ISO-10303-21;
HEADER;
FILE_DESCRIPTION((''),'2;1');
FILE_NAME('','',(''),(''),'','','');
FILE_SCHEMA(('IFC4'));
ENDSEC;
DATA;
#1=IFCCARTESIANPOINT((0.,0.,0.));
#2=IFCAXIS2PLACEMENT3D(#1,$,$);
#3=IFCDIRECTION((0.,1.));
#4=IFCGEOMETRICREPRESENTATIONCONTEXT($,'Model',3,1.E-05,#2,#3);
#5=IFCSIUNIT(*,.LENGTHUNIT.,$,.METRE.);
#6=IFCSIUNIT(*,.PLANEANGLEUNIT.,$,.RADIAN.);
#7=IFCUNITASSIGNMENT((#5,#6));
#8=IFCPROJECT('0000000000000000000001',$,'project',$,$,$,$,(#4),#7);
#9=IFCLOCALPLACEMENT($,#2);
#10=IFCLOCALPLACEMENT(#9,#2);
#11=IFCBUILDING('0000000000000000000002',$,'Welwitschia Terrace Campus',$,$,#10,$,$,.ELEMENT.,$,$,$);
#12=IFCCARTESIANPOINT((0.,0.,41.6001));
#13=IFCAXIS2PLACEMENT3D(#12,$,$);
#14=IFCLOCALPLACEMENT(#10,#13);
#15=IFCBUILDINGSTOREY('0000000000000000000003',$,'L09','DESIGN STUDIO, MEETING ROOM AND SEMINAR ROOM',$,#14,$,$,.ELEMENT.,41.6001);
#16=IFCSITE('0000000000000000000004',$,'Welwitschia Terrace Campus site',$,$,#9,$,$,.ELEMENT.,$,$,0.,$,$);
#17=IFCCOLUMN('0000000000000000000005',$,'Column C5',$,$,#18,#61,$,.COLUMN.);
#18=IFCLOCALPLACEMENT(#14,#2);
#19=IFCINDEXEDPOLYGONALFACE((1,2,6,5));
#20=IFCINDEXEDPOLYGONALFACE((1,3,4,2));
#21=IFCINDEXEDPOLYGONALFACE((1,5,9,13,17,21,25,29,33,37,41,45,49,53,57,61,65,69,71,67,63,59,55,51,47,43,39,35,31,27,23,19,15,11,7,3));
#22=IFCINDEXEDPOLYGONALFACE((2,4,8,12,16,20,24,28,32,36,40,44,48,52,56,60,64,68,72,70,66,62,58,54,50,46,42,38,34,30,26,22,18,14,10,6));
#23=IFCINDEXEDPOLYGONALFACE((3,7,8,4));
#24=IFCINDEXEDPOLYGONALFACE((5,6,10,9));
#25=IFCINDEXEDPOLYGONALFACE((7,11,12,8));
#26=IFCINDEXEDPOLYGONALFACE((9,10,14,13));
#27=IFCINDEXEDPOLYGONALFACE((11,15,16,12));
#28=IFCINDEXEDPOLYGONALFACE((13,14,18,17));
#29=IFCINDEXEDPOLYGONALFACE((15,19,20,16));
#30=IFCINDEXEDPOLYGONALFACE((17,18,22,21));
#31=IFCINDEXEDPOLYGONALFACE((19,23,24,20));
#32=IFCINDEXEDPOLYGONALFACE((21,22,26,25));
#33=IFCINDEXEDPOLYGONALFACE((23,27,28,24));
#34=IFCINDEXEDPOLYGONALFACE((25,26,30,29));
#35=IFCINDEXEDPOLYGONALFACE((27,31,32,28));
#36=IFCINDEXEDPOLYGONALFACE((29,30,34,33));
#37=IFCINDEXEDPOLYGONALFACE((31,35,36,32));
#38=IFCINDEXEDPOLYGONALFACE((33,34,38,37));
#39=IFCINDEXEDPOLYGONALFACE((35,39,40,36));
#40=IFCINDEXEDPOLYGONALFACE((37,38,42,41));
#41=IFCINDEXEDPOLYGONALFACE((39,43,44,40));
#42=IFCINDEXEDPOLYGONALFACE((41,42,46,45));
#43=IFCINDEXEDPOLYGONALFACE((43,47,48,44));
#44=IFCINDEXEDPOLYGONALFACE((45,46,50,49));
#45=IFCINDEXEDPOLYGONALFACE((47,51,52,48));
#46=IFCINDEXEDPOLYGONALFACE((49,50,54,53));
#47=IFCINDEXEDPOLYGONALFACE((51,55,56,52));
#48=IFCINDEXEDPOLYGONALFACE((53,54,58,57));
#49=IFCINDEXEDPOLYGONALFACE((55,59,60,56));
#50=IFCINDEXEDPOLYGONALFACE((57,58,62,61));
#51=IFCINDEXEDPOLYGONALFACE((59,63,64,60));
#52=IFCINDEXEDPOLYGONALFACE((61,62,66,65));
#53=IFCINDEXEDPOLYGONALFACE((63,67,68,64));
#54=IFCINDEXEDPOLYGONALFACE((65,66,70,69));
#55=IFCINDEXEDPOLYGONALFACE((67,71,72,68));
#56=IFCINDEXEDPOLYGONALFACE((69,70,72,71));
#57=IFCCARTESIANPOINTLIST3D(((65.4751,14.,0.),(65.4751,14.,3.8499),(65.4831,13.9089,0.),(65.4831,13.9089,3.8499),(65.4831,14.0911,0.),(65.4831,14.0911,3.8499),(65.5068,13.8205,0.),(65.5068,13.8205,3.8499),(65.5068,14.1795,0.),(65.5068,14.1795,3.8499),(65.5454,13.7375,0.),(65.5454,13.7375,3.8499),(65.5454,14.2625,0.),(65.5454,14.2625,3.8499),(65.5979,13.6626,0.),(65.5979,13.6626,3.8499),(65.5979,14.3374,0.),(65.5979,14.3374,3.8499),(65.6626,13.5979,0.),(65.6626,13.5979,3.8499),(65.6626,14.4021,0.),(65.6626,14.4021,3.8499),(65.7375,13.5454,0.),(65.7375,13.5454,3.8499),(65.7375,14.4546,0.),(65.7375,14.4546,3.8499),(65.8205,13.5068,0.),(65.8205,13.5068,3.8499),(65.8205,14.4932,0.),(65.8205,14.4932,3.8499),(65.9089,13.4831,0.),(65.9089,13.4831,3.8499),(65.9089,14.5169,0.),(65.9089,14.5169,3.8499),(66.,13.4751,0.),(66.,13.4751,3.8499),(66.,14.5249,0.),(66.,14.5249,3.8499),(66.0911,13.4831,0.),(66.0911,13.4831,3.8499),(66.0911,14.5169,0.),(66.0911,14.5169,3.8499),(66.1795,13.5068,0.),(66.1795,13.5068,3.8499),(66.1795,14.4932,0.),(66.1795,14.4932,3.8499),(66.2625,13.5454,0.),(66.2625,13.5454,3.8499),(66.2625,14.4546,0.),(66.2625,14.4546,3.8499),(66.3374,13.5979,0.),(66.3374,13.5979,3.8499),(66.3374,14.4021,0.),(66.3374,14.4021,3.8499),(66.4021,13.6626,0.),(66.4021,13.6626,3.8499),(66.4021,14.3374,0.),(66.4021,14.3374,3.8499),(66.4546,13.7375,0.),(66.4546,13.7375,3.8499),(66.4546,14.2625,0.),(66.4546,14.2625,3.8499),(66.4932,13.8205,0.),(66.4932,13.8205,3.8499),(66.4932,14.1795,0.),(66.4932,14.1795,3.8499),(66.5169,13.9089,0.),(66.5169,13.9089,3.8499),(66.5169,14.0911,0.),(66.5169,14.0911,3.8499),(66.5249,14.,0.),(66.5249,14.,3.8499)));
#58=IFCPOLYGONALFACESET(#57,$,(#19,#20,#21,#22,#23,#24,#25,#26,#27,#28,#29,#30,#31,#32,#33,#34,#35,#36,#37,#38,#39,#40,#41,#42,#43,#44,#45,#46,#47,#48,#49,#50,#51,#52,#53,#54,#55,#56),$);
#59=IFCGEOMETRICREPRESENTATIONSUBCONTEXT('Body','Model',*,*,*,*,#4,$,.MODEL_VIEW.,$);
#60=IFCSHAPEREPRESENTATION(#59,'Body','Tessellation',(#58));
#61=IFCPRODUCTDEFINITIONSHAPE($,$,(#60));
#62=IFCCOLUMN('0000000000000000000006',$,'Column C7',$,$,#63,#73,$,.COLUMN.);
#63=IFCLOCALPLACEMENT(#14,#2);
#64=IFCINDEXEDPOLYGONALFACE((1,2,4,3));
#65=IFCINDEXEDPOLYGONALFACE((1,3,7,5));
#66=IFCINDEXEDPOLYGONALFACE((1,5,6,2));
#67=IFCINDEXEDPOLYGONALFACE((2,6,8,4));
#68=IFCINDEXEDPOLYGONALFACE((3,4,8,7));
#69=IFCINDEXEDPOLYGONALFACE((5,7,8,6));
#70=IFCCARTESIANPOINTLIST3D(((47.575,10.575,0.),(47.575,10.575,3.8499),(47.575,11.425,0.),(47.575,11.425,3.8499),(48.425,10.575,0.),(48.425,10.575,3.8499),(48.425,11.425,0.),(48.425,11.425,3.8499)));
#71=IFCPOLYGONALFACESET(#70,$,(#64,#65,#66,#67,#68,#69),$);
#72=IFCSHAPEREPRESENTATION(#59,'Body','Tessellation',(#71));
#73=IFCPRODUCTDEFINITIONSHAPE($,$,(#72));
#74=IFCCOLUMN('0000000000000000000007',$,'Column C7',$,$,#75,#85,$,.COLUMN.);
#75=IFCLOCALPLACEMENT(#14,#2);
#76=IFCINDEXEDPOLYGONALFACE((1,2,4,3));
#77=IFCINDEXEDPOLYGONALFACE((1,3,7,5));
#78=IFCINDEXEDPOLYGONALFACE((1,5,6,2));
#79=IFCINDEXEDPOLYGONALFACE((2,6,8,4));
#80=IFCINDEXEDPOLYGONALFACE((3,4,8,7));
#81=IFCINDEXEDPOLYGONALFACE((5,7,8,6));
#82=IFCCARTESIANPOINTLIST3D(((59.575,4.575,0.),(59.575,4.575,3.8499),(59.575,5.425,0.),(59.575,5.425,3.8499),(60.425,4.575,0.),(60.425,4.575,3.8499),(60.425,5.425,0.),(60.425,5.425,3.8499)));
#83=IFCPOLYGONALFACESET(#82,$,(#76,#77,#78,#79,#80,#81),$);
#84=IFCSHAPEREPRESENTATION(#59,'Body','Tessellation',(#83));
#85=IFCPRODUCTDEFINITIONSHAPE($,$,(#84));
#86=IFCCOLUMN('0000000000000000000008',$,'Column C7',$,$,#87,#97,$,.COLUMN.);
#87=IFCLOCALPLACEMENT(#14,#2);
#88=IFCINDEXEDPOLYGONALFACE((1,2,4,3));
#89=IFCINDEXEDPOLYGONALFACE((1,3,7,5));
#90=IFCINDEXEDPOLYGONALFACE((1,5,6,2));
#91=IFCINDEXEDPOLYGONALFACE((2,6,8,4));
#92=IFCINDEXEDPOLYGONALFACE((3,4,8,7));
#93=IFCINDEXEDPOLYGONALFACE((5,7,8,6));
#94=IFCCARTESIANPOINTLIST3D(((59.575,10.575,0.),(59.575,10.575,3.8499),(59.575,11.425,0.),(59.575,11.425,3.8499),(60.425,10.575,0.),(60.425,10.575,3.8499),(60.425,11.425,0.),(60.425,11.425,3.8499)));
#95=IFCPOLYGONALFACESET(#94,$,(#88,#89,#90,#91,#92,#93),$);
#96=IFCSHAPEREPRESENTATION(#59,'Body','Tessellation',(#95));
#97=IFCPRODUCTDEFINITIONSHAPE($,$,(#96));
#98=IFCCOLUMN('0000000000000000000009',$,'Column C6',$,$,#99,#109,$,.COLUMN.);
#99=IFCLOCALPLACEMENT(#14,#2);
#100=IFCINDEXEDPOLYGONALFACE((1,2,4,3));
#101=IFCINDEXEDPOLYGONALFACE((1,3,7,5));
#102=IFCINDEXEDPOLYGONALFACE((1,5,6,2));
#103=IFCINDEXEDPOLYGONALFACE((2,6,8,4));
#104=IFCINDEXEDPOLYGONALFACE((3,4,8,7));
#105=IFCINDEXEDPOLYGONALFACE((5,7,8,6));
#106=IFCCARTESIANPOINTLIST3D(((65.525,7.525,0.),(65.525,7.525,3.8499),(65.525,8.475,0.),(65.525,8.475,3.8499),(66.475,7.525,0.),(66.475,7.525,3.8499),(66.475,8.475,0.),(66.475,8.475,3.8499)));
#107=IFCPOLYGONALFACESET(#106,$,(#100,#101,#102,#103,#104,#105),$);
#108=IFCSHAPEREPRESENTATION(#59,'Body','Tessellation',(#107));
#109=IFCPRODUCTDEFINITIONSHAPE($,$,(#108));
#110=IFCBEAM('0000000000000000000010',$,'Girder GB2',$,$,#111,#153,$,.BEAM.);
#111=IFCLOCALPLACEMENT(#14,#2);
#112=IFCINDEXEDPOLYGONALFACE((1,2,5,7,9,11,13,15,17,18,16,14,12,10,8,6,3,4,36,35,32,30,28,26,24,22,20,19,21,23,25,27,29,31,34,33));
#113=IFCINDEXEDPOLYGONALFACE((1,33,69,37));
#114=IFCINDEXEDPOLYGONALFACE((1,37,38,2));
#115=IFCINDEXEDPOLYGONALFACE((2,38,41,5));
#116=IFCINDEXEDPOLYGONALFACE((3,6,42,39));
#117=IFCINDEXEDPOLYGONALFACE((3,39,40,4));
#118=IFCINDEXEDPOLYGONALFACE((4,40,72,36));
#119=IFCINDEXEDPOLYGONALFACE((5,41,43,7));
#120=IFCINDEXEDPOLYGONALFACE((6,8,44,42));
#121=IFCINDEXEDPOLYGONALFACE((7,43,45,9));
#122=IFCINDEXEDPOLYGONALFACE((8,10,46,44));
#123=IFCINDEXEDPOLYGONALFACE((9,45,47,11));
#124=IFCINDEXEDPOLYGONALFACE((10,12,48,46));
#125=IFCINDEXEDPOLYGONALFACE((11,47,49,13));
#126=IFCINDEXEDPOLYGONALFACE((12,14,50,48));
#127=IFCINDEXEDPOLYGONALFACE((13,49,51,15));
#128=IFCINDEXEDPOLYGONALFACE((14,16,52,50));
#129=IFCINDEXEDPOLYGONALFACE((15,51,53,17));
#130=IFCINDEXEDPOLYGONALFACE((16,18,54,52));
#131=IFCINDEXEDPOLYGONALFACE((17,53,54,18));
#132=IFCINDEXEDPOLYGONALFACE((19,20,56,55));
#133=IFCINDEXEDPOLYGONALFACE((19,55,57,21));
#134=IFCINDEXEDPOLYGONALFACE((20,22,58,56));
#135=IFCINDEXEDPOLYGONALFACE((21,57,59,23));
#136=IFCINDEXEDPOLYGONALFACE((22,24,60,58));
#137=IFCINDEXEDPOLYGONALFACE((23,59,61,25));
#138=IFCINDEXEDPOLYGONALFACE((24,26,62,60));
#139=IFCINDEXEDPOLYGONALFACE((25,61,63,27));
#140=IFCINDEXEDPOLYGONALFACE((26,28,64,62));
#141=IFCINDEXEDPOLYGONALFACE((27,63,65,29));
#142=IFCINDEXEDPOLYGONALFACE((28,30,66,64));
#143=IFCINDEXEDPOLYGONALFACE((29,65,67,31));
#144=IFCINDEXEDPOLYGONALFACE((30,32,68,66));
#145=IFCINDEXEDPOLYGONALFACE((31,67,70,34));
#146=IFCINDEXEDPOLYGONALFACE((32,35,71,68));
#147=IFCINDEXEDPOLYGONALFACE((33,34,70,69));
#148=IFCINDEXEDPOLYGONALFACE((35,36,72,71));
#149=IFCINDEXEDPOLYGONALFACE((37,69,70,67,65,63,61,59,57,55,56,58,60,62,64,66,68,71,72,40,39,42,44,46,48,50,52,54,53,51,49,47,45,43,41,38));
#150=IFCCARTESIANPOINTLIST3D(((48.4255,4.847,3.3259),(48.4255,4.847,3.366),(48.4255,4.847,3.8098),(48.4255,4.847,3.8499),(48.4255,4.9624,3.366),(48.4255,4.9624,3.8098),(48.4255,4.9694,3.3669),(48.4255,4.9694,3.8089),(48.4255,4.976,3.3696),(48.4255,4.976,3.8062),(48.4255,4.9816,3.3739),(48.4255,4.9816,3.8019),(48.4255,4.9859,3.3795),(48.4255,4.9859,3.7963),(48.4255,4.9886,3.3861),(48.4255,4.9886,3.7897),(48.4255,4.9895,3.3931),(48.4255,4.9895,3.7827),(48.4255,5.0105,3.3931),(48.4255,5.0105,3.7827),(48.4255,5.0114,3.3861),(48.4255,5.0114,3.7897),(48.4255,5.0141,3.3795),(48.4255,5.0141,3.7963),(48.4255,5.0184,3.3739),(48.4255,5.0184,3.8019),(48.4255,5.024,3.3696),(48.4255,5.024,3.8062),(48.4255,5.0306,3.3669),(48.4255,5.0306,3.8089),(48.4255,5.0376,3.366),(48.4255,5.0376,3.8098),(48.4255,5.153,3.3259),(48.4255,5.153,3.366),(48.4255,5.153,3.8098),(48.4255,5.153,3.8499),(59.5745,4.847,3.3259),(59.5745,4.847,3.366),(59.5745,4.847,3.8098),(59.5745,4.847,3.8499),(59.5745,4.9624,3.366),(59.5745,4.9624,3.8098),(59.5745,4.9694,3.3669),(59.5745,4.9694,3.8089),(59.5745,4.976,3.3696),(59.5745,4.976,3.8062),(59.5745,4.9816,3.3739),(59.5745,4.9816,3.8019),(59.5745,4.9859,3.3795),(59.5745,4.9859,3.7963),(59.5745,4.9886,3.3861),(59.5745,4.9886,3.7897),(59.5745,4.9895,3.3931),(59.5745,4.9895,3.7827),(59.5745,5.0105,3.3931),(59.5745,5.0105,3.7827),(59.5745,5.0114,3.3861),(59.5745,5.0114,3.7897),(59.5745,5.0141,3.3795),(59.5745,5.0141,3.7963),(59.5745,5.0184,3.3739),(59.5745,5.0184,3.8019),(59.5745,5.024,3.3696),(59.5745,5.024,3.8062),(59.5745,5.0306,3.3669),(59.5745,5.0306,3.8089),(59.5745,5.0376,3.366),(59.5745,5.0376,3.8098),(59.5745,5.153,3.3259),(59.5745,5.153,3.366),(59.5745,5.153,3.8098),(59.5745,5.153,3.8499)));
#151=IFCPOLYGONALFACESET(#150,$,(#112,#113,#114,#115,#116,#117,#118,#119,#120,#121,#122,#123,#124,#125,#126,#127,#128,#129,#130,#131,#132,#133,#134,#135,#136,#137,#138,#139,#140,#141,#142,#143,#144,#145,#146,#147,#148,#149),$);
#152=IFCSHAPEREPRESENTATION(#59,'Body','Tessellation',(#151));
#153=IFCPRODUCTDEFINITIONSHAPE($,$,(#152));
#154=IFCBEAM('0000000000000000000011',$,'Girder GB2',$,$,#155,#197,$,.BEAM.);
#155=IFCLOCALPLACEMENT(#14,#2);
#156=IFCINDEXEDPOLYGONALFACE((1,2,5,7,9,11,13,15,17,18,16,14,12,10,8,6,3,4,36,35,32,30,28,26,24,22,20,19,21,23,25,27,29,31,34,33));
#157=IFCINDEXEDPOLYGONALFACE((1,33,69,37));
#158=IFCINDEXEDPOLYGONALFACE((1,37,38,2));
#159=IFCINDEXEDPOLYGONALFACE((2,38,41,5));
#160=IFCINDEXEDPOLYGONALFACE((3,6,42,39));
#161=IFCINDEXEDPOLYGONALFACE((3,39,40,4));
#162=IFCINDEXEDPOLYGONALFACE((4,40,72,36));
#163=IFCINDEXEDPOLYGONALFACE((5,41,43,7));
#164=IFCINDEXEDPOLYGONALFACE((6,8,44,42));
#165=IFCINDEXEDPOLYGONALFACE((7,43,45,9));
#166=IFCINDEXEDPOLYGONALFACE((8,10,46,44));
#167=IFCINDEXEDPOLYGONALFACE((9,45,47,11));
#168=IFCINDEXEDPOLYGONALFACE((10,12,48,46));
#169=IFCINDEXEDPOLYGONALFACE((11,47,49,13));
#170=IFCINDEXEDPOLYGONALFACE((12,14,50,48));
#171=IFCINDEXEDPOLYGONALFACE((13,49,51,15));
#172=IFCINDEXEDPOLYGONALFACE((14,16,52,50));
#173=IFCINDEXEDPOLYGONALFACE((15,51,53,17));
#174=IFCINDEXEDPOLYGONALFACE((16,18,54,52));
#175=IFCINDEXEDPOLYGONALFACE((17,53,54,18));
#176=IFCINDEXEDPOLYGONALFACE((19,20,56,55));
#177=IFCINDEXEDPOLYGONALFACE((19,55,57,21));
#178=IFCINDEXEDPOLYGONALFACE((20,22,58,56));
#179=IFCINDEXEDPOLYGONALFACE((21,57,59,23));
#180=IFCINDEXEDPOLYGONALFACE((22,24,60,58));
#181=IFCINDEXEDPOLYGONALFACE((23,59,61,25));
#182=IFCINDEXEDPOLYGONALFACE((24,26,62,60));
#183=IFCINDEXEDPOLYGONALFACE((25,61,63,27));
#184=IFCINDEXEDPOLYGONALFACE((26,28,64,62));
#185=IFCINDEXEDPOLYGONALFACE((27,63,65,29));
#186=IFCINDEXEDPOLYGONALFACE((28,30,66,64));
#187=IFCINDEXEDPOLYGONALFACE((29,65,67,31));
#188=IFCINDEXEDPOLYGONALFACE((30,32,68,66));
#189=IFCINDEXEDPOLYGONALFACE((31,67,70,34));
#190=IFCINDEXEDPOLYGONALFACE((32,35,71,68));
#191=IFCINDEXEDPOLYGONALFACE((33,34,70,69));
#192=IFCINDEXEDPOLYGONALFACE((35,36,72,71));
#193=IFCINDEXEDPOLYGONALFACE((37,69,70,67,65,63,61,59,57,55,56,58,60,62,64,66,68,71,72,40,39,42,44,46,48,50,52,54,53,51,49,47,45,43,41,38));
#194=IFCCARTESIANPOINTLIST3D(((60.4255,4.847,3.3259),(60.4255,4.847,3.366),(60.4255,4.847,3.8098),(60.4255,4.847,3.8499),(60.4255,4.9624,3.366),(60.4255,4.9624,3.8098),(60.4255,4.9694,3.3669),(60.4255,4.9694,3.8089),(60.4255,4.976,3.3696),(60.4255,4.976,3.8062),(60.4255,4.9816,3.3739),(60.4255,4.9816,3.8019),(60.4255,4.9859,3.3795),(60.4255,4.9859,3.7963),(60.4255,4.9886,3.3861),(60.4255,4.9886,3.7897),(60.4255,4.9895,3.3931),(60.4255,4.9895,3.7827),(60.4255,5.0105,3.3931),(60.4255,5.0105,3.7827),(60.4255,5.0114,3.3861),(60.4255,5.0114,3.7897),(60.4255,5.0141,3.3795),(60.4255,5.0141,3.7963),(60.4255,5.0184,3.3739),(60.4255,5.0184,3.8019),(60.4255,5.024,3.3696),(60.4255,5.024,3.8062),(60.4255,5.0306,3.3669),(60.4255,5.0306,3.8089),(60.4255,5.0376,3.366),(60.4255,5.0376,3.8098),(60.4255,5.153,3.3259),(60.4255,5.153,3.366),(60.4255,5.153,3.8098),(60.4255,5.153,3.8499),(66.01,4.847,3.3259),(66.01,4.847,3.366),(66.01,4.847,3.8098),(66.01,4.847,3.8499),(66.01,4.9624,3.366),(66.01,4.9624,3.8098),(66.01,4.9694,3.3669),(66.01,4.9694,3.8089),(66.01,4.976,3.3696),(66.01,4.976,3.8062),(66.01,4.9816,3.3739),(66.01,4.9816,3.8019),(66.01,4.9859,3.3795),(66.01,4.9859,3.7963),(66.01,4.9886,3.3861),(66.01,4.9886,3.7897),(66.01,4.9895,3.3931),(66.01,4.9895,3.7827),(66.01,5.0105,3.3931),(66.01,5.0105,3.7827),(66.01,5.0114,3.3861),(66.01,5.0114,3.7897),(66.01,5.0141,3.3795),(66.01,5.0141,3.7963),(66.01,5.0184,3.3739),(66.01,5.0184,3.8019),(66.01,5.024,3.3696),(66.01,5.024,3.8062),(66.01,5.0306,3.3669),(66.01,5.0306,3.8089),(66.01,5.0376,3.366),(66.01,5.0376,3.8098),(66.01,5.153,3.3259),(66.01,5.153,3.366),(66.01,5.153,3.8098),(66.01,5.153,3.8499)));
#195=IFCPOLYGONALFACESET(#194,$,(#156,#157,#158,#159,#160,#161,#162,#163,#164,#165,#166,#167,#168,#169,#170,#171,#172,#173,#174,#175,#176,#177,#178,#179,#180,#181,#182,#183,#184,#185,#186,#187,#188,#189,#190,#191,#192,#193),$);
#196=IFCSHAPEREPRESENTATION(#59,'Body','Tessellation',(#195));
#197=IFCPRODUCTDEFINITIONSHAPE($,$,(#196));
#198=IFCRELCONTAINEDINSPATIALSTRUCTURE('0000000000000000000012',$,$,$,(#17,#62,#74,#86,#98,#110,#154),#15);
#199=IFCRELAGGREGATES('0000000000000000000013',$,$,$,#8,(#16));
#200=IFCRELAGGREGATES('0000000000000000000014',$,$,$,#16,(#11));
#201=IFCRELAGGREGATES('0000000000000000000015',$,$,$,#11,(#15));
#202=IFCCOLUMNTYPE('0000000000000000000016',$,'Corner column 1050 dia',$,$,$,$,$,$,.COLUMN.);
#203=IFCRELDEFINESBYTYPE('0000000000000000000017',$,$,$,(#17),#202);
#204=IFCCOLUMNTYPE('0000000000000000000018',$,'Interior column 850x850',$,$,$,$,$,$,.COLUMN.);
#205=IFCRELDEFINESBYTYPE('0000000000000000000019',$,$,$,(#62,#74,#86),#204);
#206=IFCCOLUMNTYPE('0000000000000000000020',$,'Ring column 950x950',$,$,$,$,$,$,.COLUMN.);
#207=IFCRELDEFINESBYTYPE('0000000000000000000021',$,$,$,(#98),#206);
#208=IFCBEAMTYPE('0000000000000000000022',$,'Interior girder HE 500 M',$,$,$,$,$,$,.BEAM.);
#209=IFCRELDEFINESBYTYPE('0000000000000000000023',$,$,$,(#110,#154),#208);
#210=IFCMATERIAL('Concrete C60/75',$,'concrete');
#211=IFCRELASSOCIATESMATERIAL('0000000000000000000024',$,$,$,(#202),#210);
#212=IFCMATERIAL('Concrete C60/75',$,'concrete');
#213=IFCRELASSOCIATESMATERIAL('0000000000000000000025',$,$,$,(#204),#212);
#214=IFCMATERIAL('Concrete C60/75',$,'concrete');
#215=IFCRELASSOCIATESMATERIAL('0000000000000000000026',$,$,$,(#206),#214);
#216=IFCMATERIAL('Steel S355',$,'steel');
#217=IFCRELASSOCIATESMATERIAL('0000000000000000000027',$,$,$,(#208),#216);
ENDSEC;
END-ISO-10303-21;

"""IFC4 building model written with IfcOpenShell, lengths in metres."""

from ifc_helpers import new_model, si_unit, direction, frame, origin, origin_2d, place, context, subcontext, project, spatial, rectangle, circle, i_section, extrude, material, material_profile, profile_set, type_object, element, save


model = new_model("IFC4")

# Units and contexts
model_context = context("Model", 3, precision=1e-05, world=origin(), true_north=direction((0.0, 1.0)))
body_context = subcontext(model_context, "Body", "Model", "MODEL_VIEW")
ifc_project = project(units=[si_unit("LENGTHUNIT", "METRE"), si_unit("PLANEANGLEUNIT", "RADIAN")], contexts=[model_context])

# Site, building, storey
site_placement = place(None, origin())
site = spatial("IfcSite", under=ifc_project, at=site_placement, Name="Welwitschia Terrace Campus site", CompositionType="ELEMENT", RefElevation=0.0)
building_placement = place(site_placement, origin())
building = spatial("IfcBuilding", under=site, at=building_placement, Name="Welwitschia Terrace Campus", CompositionType="ELEMENT")
storey_placement = place(building_placement, frame((0.0, 0.0, 41.6001)))
storey = spatial("IfcBuildingStorey", under=building, at=storey_placement, Name="L09", Description="DESIGN STUDIO, MEETING ROOM AND SEMINAR ROOM", CompositionType="ELEMENT", Elevation=41.6001)

# Columns
ifc_material_1 = material(Name="Concrete C60/75", Category="concrete")
ifc_material_profile_1 = material_profile(ifc_material_1, circle(Radius=0.5249, at=origin_2d()))
ifc_profile_set_1 = profile_set([ifc_material_profile_1], Name="Concrete C60/75")
column_type_1 = type_object("IfcColumnType", Name="Corner column 1050 dia", PredefinedType="COLUMN", material=ifc_profile_set_1)
column_1_placement = place(storey_placement, frame((66.0, 14.0, 0.0), z_axis=(0.0, 0.0, 1.0), x_axis=(1.0, 0.0, 0.0)))
element("IfcColumn", 1, at=column_1_placement, inside=storey, type_object=column_type_1, Name="Column C5", PredefinedType="COLUMN", context=body_context, shape_type="SweptSolid", body=[
    extrude(circle(Radius=0.5249, at=origin_2d()), origin(), (0.0, 0.0, 1.0), 3.8499),
])
ifc_material_2 = material(Name="Concrete C60/75", Category="concrete")
ifc_material_profile_2 = material_profile(ifc_material_2, rectangle(XDim=0.8501, YDim=0.8501, at=origin_2d()))
ifc_profile_set_2 = profile_set([ifc_material_profile_2], Name="Concrete C60/75")
column_type_2 = type_object("IfcColumnType", Name="Interior column 850x850", PredefinedType="COLUMN", material=ifc_profile_set_2)
for number, where, z_axis, x_axis, name in (
    (2, (48.0, 11.0, 0.0), (0.0, 0.0, 1.0), (1.0, 0.0, 0.0), "Column C7"),
    (3, (60.0, 5.0, 0.0), (0.0, 0.0, 1.0), (1.0, 0.0, 0.0), "Column C7"),
    (4, (60.0, 11.0, 0.0), (0.0, 0.0, 1.0), (1.0, 0.0, 0.0), "Column C7"),
):
    element("IfcColumn", number, at=place(storey_placement, frame(where, z_axis=z_axis, x_axis=x_axis)), inside=storey, type_object=column_type_2, Name=name, PredefinedType="COLUMN", context=body_context, shape_type="SweptSolid", body=[
        extrude(rectangle(XDim=0.8501, YDim=0.8501, at=origin_2d()), origin(), (0.0, 0.0, 1.0), 3.8499),
    ])
ifc_material_3 = material(Name="Concrete C60/75", Category="concrete")
ifc_material_profile_3 = material_profile(ifc_material_3, rectangle(XDim=0.95, YDim=0.95, at=origin_2d()))
ifc_profile_set_3 = profile_set([ifc_material_profile_3], Name="Concrete C60/75")
column_type_3 = type_object("IfcColumnType", Name="Ring column 950x950", PredefinedType="COLUMN", material=ifc_profile_set_3)
column_2_placement = place(storey_placement, frame((66.0, 8.0, 0.0), z_axis=(0.0, 0.0, 1.0), x_axis=(1.0, 0.0, 0.0)))
element("IfcColumn", 5, at=column_2_placement, inside=storey, type_object=column_type_3, Name="Column C6", PredefinedType="COLUMN", context=body_context, shape_type="SweptSolid", body=[
    extrude(rectangle(XDim=0.95, YDim=0.95, at=origin_2d()), origin(), (0.0, 0.0, 1.0), 3.8499),
])

# Beams
ifc_material_4 = material(Name="Steel S355", Category="steel")
ifc_material_profile_4 = material_profile(ifc_material_4, i_section(OverallWidth=0.3059, OverallDepth=0.5239, WebThickness=0.021, FlangeThickness=0.04, FilletRadius=0.0271, at=origin_2d()))
ifc_profile_set_4 = profile_set([ifc_material_profile_4], Name="Steel S355")
beam_type_1 = type_object("IfcBeamType", Name="Interior girder HE 500 M", PredefinedType="BEAM", material=ifc_profile_set_4)
beam_1_placement = place(storey_placement, frame((48.4255, 5.0, 3.5879), z_axis=(1.0, 0.0, 0.0), x_axis=(0.0, 1.0, 0.0)))
element("IfcBeam", 6, at=beam_1_placement, inside=storey, type_object=beam_type_1, Name="Girder GB2", PredefinedType="BEAM", context=body_context, shape_type="SweptSolid", body=[
    extrude(i_section(OverallWidth=0.3059, OverallDepth=0.5239, WebThickness=0.021, FlangeThickness=0.04, FilletRadius=0.0271, at=origin_2d()), origin(), (0.0, 0.0, 1.0), 11.1489),
])
beam_2_placement = place(storey_placement, frame((60.4255, 5.0, 3.5879), z_axis=(1.0, 0.0, 0.0), x_axis=(0.0, 1.0, 0.0)))
element("IfcBeam", 7, at=beam_2_placement, inside=storey, type_object=beam_type_1, Name="Girder GB2", PredefinedType="BEAM", context=body_context, shape_type="SweptSolid", body=[
    extrude(i_section(OverallWidth=0.3059, OverallDepth=0.5239, WebThickness=0.021, FlangeThickness=0.04, FilletRadius=0.0271, at=origin_2d()), origin(), (0.0, 0.0, 1.0), 5.5845),
])

save(model, "model.ifc")
